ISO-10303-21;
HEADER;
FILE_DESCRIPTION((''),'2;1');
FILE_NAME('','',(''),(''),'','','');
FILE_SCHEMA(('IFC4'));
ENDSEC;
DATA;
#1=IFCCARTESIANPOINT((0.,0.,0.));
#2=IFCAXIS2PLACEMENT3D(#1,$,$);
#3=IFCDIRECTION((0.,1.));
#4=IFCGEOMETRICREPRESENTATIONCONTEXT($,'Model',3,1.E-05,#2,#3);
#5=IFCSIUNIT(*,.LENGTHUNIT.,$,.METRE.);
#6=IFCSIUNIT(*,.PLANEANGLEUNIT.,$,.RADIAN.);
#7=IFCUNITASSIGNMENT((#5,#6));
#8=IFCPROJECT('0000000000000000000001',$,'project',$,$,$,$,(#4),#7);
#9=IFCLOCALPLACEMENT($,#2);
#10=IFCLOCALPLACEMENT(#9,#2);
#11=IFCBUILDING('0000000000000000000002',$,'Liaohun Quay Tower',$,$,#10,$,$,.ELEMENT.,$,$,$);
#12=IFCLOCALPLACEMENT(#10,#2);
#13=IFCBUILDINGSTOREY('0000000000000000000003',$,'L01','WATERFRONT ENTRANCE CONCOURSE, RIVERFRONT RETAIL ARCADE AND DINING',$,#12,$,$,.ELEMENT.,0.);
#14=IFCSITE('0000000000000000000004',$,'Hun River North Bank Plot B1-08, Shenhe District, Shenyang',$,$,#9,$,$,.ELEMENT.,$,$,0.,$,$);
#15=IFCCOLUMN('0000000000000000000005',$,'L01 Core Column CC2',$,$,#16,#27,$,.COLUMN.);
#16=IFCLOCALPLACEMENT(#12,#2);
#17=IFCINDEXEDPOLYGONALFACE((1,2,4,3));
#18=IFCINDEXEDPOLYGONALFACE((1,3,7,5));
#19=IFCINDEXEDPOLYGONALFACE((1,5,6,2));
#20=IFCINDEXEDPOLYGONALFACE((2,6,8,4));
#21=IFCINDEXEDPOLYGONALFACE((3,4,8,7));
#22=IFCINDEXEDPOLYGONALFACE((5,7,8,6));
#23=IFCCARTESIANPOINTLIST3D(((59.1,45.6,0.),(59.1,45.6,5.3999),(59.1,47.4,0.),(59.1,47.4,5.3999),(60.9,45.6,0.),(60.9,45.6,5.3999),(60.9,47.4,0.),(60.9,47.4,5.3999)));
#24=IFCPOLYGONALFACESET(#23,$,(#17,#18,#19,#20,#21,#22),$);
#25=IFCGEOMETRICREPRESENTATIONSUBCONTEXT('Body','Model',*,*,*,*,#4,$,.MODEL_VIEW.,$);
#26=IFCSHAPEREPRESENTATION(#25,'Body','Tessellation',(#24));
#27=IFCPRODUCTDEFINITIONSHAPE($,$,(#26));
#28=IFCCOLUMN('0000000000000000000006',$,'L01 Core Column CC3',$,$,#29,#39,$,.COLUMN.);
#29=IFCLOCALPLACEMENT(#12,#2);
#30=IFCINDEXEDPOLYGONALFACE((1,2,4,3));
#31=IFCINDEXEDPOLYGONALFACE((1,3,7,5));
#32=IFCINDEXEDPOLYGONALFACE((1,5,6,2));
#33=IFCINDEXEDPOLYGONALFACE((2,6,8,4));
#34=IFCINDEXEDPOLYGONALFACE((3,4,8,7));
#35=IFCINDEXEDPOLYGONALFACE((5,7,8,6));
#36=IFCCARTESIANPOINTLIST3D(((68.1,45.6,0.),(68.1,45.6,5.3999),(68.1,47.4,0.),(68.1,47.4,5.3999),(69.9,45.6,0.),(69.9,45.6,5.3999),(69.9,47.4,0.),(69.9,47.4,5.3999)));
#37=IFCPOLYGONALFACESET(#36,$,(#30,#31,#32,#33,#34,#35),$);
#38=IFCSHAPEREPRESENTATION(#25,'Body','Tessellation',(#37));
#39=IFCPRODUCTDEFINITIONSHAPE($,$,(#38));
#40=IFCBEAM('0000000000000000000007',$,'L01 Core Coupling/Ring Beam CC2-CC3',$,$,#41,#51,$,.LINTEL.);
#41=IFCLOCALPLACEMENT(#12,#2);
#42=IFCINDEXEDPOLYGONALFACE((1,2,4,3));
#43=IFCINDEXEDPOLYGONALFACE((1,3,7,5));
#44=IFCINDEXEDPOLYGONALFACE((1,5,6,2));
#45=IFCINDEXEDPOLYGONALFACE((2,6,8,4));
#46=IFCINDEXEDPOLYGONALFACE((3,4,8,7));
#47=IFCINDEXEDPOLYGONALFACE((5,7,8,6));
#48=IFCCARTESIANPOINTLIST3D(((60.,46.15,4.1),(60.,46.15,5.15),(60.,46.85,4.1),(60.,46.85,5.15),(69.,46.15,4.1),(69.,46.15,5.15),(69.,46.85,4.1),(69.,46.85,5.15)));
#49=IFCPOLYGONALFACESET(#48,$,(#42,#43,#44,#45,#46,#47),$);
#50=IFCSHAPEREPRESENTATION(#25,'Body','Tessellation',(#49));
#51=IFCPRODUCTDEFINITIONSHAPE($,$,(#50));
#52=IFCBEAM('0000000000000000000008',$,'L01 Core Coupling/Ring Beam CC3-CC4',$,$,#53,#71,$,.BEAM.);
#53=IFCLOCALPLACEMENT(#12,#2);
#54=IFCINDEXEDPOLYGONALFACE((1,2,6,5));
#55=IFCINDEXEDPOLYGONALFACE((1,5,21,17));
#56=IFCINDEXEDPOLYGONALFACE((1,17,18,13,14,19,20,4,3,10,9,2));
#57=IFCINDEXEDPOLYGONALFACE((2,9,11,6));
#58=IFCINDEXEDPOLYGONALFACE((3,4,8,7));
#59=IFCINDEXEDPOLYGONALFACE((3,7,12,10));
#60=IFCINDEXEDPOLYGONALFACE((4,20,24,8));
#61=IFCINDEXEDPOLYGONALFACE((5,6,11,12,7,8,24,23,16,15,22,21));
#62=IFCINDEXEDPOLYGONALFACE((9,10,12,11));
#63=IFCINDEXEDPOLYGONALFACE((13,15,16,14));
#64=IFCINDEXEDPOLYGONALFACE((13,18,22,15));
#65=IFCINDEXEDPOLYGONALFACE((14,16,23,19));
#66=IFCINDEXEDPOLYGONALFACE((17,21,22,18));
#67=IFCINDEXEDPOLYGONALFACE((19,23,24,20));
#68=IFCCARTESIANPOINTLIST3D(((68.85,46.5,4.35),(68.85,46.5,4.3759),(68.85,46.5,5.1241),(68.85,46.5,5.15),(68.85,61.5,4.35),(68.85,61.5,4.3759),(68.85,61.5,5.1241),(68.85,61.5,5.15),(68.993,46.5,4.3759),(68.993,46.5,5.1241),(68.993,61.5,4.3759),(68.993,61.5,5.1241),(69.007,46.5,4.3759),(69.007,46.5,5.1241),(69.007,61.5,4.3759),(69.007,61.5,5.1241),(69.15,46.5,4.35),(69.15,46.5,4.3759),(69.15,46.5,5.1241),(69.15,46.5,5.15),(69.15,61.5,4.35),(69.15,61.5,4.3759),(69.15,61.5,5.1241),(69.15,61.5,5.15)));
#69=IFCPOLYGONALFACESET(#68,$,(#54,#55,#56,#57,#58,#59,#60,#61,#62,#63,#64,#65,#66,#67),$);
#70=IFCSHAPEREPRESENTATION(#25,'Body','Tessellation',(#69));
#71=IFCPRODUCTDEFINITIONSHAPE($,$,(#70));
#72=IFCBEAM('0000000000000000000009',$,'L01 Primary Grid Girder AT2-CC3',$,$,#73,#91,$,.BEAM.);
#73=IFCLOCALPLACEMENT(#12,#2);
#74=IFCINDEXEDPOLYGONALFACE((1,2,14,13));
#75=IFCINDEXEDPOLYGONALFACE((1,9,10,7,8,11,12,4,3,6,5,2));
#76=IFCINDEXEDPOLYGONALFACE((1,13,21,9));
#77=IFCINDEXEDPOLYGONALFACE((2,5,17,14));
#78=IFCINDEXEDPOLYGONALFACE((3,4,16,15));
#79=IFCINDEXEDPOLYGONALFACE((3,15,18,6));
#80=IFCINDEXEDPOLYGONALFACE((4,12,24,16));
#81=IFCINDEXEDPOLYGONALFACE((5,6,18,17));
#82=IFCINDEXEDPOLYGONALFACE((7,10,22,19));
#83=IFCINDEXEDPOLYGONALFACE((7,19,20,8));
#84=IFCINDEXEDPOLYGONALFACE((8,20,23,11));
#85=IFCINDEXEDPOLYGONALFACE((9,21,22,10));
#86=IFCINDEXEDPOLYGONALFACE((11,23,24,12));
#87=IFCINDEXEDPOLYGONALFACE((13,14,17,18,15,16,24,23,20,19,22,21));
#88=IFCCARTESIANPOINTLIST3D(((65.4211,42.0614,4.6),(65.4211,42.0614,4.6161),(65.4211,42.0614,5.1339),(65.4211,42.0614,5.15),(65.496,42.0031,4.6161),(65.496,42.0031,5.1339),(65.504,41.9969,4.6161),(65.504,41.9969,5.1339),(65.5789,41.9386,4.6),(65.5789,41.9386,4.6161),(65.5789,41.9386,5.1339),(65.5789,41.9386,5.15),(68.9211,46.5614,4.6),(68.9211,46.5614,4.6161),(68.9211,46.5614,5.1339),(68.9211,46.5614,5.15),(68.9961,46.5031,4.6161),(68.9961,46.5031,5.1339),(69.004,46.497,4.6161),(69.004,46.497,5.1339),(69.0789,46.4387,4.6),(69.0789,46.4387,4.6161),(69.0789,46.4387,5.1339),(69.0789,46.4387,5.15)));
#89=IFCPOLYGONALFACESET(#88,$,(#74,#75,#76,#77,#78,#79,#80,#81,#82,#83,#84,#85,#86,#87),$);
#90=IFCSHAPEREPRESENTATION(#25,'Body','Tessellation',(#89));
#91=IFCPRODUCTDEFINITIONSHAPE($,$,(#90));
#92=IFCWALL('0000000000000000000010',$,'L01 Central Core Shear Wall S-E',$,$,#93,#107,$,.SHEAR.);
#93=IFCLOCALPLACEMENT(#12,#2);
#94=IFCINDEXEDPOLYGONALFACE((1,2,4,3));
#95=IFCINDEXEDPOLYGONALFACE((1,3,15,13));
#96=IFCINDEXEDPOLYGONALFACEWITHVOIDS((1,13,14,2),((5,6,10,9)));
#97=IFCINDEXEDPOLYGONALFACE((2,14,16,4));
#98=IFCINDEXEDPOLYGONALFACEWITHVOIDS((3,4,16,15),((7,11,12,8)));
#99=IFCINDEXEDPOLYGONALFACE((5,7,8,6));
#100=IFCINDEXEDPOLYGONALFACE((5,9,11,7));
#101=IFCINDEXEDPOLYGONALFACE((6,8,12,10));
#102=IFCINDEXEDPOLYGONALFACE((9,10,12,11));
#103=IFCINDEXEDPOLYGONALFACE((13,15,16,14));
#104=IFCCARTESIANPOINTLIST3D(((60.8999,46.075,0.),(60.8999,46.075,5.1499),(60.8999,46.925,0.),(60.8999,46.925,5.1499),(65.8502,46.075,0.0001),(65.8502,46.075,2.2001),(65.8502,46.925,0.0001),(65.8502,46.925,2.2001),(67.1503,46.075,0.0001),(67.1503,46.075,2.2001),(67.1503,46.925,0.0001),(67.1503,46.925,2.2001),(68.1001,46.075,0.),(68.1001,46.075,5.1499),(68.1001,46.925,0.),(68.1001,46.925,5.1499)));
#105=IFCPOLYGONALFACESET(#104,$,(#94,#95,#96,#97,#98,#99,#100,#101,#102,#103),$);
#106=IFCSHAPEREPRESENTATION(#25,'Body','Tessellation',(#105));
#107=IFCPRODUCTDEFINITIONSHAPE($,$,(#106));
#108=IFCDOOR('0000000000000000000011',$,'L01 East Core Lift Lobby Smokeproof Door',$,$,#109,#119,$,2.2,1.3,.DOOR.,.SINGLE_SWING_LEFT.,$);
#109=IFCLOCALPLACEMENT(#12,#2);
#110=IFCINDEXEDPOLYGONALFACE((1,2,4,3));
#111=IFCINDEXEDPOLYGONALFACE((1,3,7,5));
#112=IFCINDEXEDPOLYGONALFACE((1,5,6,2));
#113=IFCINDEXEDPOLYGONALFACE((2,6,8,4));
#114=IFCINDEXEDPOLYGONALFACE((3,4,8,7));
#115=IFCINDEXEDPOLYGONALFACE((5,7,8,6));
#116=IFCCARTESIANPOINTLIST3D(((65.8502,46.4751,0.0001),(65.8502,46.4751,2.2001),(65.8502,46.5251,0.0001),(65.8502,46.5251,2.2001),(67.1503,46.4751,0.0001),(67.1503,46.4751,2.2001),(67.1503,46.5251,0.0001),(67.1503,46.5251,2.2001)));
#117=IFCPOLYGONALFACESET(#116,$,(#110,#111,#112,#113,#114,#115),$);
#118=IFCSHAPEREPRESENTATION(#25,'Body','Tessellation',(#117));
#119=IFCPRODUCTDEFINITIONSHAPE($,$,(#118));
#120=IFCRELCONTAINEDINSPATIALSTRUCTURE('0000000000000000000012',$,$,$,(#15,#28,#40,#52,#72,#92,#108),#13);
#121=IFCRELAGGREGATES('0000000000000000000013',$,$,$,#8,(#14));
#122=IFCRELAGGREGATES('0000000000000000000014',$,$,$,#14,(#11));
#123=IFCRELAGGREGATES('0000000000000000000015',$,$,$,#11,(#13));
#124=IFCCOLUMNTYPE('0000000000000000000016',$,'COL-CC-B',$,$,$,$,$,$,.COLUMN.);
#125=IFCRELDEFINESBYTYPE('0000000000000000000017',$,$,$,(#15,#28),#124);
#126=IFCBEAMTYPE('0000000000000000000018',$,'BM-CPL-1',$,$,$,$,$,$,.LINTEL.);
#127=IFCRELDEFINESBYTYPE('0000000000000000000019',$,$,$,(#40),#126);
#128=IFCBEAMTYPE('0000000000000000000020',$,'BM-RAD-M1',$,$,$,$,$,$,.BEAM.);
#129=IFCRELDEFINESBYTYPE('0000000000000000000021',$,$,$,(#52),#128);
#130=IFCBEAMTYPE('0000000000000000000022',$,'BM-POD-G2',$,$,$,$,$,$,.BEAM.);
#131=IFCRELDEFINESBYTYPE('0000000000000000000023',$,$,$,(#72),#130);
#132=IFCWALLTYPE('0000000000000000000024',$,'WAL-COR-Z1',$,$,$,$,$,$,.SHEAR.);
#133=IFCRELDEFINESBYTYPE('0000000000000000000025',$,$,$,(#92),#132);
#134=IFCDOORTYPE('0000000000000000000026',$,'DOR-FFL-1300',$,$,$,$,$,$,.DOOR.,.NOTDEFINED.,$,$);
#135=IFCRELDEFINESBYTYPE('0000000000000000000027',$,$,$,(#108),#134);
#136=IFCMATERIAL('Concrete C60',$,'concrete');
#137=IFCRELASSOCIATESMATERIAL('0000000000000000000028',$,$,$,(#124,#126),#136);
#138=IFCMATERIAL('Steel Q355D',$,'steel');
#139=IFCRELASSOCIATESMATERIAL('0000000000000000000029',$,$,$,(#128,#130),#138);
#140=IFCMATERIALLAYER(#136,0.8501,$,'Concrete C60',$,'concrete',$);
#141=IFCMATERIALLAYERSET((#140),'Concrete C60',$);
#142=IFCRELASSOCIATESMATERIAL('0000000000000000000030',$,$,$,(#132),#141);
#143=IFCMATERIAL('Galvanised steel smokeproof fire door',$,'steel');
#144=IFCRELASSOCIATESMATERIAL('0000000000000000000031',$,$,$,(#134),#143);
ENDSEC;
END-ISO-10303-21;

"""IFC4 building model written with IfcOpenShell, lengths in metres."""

from ifc_helpers import new_model, si_unit, direction, frame, frame_2d, origin, origin_2d, place, context, subcontext, project, spatial, rectangle, i_section, extrude, source, transform, mapped, material, layer, layer_set, material_profile, profile_set, type_object, element, fill, save


model = new_model("IFC4")

# Units and contexts
model_context = context("Model", 3, precision=1e-05, world=origin(), true_north=direction((0.0, 1.0)))
body_context = subcontext(model_context, "Body", "Model", "MODEL_VIEW")
ifc_project = project(units=[si_unit("LENGTHUNIT", "METRE"), si_unit("PLANEANGLEUNIT", "RADIAN")], contexts=[model_context])

# Site, building, storey
site_placement = place(None, origin())
site = spatial("IfcSite", under=ifc_project, at=site_placement, Name="Hun River North Bank Plot B1-08, Shenhe District, Shenyang", CompositionType="ELEMENT", RefElevation=0.0)
building_placement = place(site_placement, origin())
building = spatial("IfcBuilding", under=site, at=building_placement, Name="Liaohun Quay Tower", CompositionType="ELEMENT")
storey_placement = place(building_placement, origin())
storey = spatial("IfcBuildingStorey", under=building, at=storey_placement, Name="L01", Description="WATERFRONT ENTRANCE CONCOURSE, RIVERFRONT RETAIL ARCADE AND DINING", CompositionType="ELEMENT", Elevation=0.0)

# Columns
ifc_material_1 = material(Name="Concrete C60", Category="concrete")
ifc_material_profile_1 = material_profile(ifc_material_1, rectangle(XDim=1.8, YDim=1.8, at=origin_2d()), Name="RC1800x1800")
ifc_profile_set_1 = profile_set([ifc_material_profile_1], Name="Concrete C60")
column_type = type_object("IfcColumnType", Name="COL-CC-B", PredefinedType="COLUMN", material=ifc_profile_set_1)
shared_shape_1 = source(origin(), body_context, "Body", "SweptSolid", [
    extrude(rectangle(XDim=1.8, YDim=1.8, at=origin_2d()), origin(), (0.0, 0.0, 1.0), 5.3999),
])
for number, where, z_axis, x_axis, name in (
    (1, (60.0, 46.5, 0.0), (0.0, 0.0, 1.0), (1.0, 0.0, 0.0), "L01 Core Column CC2"),
    (2, (69.0, 46.5, 0.0), (0.0, 0.0, 1.0), (1.0, 0.0, 0.0), "L01 Core Column CC3"),
):
    element("IfcColumn", number, at=place(storey_placement, frame(where, z_axis=z_axis, x_axis=x_axis)), inside=storey, type_object=column_type, Name=name, PredefinedType="COLUMN", context=body_context, shape_type="MappedRepresentation", body=[
        mapped(shared_shape_1, transform((0.0, 0.0, 0.0), x_axis=(1.0, 0.0, 0.0), y_axis=(0.0, 1.0, 0.0), z_axis=(0.0, 0.0, 1.0), scale=1.0)),
    ])

# Beams
ifc_material_profile_2 = material_profile(ifc_material_1, rectangle(XDim=0.7, YDim=1.05, at=origin_2d()), Name="RC700x1050")
ifc_profile_set_2 = profile_set([ifc_material_profile_2], Name="Concrete C60")
beam_type_1 = type_object("IfcBeamType", Name="BM-CPL-1", PredefinedType="LINTEL", material=ifc_profile_set_2)
shared_shape_2 = source(origin(), body_context, "Body", "SweptSolid", [
    extrude(rectangle(XDim=0.7, YDim=1.05, at=origin_2d()), origin(), (0.0, 0.0, 1.0), 9.0),
])
beam_1_placement = place(storey_placement, frame((60.0, 46.5, 4.625), z_axis=(1.0, 0.0, 0.0), x_axis=(0.0, 1.0, 0.0)))
element("IfcBeam", 3, at=beam_1_placement, inside=storey, type_object=beam_type_1, Name="L01 Core Coupling/Ring Beam CC2-CC3", PredefinedType="LINTEL", context=body_context, shape_type="MappedRepresentation", body=[
    mapped(shared_shape_2, transform((0.0, 0.0, 0.0), x_axis=(1.0, 0.0, 0.0), y_axis=(0.0, 1.0, 0.0), z_axis=(0.0, 0.0, 1.0), scale=1.0)),
])
ifc_material_2 = material(Name="Steel Q355D", Category="steel")
ifc_material_profile_3 = material_profile(ifc_material_2, i_section(OverallWidth=0.3, OverallDepth=0.8, WebThickness=0.0139, FlangeThickness=0.0259, at=origin_2d()), Name="HN800x300x14x26")
ifc_profile_set_3 = profile_set([ifc_material_profile_3], Name="Steel Q355D")
beam_type_2 = type_object("IfcBeamType", Name="BM-RAD-M1", PredefinedType="BEAM", material=ifc_profile_set_3)
shared_shape_3 = source(origin(), body_context, "Body", "SweptSolid", [
    extrude(i_section(OverallWidth=0.3, OverallDepth=0.8, WebThickness=0.0139, FlangeThickness=0.0259, at=origin_2d()), origin(), (0.0, 0.0, 1.0), 15.0),
])
beam_2_placement = place(storey_placement, frame((69.0, 46.5, 4.75), z_axis=(0.0, 1.0, 0.0), x_axis=(-1.0, 0.0, 0.0)))
element("IfcBeam", 4, at=beam_2_placement, inside=storey, type_object=beam_type_2, Name="L01 Core Coupling/Ring Beam CC3-CC4", PredefinedType="BEAM", context=body_context, shape_type="MappedRepresentation", body=[
    mapped(shared_shape_3, transform((0.0, 0.0, 0.0), x_axis=(1.0, 0.0, 0.0), y_axis=(0.0, 1.0, 0.0), z_axis=(0.0, 0.0, 1.0), scale=1.0)),
])
ifc_material_profile_4 = material_profile(ifc_material_2, i_section(OverallWidth=0.2, OverallDepth=0.55, WebThickness=0.01, FlangeThickness=0.0161, at=origin_2d()), Name="HN550x200x10x16")
ifc_profile_set_4 = profile_set([ifc_material_profile_4], Name="Steel Q355D")
beam_type_3 = type_object("IfcBeamType", Name="BM-POD-G2", PredefinedType="BEAM", material=ifc_profile_set_4)
shared_shape_4 = source(origin(), body_context, "Body", "SweptSolid", [
    extrude(i_section(OverallWidth=0.2, OverallDepth=0.55, WebThickness=0.01, FlangeThickness=0.0161, at=origin_2d()), origin(), (0.0, 0.0, 1.0), 5.7009),
])
beam_3_placement = place(storey_placement, frame((65.5, 42.0, 4.875), z_axis=(0.613941, 0.789352, 0.0), x_axis=(-0.789352, 0.613941, 0.0)))
element("IfcBeam", 5, at=beam_3_placement, inside=storey, type_object=beam_type_3, Name="L01 Primary Grid Girder AT2-CC3", PredefinedType="BEAM", context=body_context, shape_type="MappedRepresentation", body=[
    mapped(shared_shape_4, transform((0.0, 0.0, 0.0), x_axis=(1.0, 0.0, 0.0), y_axis=(0.0, 1.0, 0.0), z_axis=(0.0, 0.0, 1.0), scale=1.0)),
])

# Wall, opening, door
ifc_layer_1 = layer(ifc_material_1, 0.8501, Name="Concrete C60", Category="concrete")
ifc_layer_set_1 = layer_set([ifc_layer_1], Name="Concrete C60")
wall_type_1 = type_object("IfcWallType", Name="WAL-COR-Z1", PredefinedType="SHEAR", material=ifc_layer_set_1)
wall_1_placement = place(storey_placement, frame((68.1001, 46.5, 0.0), z_axis=(0.0, 0.0, 1.0), x_axis=(-1.0, 0.0, 0.0)))
wall_1 = element("IfcWall", 6, at=wall_1_placement, inside=storey, type_object=wall_type_1, Name="L01 Central Core Shear Wall S-E", PredefinedType="SHEAR", context=body_context, shape_type="SweptSolid", body=[
    extrude(rectangle(XDim=7.2002, YDim=0.8501, at=frame_2d((3.6001, 0.0))), origin(), (0.0, 0.0, 1.0), 5.1499),
])
shared_shape_5 = source(origin(), body_context, "Body", "SweptSolid", [
    extrude(rectangle(XDim=1.3, YDim=2.2, at=frame_2d((0.6499, 1.1001))), frame((0.0, 0.4351, 0.0), z_axis=(0.0, -1.0, 0.0), x_axis=(1.0, 0.0, 0.0)), (0.0, 0.0, 1.0), 0.8701),
])
opening_1_placement = place(wall_1_placement, frame((0.95, 0.0, 0.0)))
opening_1 = element("IfcOpeningElement", 7, at=opening_1_placement, cuts=wall_1, PredefinedType="OPENING", context=body_context, shape_type="MappedRepresentation", body=[
    mapped(shared_shape_5, transform((0.0, 0.0, 0.0), x_axis=(1.0, 0.0, 0.0), y_axis=(0.0, 1.0, 0.0), z_axis=(0.0, 0.0, 1.0), scale=1.0)),
])
ifc_material_3 = material(Name="Galvanised steel smokeproof fire door", Category="steel")
door_type_1 = type_object("IfcDoorType", Name="DOR-FFL-1300", OperationType="NOTDEFINED", PredefinedType="DOOR", material=ifc_material_3)
shared_shape_6 = source(origin(), body_context, "Body", "SweptSolid", [
    extrude(rectangle(XDim=1.3, YDim=2.2, at=frame_2d((0.6499, 1.1001))), frame((0.0, 0.0249, 0.0), z_axis=(0.0, -1.0, 0.0), x_axis=(1.0, 0.0, 0.0)), (0.0, 0.0, 1.0), 0.05),
])
door_1_placement = place(opening_1_placement, origin())
door_1 = element("IfcDoor", 8, at=door_1_placement, inside=storey, type_object=door_type_1, Name="L01 East Core Lift Lobby Smokeproof Door", OperationType="SINGLE_SWING_LEFT", OverallHeight=2.2, OverallWidth=1.3, PredefinedType="DOOR", context=body_context, shape_type="MappedRepresentation", body=[
    mapped(shared_shape_6, transform((0.0, 0.0, 0.0), x_axis=(1.0, 0.0, 0.0), y_axis=(0.0, 1.0, 0.0), z_axis=(0.0, 0.0, 1.0), scale=1.0)),
])
fill(opening_1, door_1)

save(model, "model.ifc")
